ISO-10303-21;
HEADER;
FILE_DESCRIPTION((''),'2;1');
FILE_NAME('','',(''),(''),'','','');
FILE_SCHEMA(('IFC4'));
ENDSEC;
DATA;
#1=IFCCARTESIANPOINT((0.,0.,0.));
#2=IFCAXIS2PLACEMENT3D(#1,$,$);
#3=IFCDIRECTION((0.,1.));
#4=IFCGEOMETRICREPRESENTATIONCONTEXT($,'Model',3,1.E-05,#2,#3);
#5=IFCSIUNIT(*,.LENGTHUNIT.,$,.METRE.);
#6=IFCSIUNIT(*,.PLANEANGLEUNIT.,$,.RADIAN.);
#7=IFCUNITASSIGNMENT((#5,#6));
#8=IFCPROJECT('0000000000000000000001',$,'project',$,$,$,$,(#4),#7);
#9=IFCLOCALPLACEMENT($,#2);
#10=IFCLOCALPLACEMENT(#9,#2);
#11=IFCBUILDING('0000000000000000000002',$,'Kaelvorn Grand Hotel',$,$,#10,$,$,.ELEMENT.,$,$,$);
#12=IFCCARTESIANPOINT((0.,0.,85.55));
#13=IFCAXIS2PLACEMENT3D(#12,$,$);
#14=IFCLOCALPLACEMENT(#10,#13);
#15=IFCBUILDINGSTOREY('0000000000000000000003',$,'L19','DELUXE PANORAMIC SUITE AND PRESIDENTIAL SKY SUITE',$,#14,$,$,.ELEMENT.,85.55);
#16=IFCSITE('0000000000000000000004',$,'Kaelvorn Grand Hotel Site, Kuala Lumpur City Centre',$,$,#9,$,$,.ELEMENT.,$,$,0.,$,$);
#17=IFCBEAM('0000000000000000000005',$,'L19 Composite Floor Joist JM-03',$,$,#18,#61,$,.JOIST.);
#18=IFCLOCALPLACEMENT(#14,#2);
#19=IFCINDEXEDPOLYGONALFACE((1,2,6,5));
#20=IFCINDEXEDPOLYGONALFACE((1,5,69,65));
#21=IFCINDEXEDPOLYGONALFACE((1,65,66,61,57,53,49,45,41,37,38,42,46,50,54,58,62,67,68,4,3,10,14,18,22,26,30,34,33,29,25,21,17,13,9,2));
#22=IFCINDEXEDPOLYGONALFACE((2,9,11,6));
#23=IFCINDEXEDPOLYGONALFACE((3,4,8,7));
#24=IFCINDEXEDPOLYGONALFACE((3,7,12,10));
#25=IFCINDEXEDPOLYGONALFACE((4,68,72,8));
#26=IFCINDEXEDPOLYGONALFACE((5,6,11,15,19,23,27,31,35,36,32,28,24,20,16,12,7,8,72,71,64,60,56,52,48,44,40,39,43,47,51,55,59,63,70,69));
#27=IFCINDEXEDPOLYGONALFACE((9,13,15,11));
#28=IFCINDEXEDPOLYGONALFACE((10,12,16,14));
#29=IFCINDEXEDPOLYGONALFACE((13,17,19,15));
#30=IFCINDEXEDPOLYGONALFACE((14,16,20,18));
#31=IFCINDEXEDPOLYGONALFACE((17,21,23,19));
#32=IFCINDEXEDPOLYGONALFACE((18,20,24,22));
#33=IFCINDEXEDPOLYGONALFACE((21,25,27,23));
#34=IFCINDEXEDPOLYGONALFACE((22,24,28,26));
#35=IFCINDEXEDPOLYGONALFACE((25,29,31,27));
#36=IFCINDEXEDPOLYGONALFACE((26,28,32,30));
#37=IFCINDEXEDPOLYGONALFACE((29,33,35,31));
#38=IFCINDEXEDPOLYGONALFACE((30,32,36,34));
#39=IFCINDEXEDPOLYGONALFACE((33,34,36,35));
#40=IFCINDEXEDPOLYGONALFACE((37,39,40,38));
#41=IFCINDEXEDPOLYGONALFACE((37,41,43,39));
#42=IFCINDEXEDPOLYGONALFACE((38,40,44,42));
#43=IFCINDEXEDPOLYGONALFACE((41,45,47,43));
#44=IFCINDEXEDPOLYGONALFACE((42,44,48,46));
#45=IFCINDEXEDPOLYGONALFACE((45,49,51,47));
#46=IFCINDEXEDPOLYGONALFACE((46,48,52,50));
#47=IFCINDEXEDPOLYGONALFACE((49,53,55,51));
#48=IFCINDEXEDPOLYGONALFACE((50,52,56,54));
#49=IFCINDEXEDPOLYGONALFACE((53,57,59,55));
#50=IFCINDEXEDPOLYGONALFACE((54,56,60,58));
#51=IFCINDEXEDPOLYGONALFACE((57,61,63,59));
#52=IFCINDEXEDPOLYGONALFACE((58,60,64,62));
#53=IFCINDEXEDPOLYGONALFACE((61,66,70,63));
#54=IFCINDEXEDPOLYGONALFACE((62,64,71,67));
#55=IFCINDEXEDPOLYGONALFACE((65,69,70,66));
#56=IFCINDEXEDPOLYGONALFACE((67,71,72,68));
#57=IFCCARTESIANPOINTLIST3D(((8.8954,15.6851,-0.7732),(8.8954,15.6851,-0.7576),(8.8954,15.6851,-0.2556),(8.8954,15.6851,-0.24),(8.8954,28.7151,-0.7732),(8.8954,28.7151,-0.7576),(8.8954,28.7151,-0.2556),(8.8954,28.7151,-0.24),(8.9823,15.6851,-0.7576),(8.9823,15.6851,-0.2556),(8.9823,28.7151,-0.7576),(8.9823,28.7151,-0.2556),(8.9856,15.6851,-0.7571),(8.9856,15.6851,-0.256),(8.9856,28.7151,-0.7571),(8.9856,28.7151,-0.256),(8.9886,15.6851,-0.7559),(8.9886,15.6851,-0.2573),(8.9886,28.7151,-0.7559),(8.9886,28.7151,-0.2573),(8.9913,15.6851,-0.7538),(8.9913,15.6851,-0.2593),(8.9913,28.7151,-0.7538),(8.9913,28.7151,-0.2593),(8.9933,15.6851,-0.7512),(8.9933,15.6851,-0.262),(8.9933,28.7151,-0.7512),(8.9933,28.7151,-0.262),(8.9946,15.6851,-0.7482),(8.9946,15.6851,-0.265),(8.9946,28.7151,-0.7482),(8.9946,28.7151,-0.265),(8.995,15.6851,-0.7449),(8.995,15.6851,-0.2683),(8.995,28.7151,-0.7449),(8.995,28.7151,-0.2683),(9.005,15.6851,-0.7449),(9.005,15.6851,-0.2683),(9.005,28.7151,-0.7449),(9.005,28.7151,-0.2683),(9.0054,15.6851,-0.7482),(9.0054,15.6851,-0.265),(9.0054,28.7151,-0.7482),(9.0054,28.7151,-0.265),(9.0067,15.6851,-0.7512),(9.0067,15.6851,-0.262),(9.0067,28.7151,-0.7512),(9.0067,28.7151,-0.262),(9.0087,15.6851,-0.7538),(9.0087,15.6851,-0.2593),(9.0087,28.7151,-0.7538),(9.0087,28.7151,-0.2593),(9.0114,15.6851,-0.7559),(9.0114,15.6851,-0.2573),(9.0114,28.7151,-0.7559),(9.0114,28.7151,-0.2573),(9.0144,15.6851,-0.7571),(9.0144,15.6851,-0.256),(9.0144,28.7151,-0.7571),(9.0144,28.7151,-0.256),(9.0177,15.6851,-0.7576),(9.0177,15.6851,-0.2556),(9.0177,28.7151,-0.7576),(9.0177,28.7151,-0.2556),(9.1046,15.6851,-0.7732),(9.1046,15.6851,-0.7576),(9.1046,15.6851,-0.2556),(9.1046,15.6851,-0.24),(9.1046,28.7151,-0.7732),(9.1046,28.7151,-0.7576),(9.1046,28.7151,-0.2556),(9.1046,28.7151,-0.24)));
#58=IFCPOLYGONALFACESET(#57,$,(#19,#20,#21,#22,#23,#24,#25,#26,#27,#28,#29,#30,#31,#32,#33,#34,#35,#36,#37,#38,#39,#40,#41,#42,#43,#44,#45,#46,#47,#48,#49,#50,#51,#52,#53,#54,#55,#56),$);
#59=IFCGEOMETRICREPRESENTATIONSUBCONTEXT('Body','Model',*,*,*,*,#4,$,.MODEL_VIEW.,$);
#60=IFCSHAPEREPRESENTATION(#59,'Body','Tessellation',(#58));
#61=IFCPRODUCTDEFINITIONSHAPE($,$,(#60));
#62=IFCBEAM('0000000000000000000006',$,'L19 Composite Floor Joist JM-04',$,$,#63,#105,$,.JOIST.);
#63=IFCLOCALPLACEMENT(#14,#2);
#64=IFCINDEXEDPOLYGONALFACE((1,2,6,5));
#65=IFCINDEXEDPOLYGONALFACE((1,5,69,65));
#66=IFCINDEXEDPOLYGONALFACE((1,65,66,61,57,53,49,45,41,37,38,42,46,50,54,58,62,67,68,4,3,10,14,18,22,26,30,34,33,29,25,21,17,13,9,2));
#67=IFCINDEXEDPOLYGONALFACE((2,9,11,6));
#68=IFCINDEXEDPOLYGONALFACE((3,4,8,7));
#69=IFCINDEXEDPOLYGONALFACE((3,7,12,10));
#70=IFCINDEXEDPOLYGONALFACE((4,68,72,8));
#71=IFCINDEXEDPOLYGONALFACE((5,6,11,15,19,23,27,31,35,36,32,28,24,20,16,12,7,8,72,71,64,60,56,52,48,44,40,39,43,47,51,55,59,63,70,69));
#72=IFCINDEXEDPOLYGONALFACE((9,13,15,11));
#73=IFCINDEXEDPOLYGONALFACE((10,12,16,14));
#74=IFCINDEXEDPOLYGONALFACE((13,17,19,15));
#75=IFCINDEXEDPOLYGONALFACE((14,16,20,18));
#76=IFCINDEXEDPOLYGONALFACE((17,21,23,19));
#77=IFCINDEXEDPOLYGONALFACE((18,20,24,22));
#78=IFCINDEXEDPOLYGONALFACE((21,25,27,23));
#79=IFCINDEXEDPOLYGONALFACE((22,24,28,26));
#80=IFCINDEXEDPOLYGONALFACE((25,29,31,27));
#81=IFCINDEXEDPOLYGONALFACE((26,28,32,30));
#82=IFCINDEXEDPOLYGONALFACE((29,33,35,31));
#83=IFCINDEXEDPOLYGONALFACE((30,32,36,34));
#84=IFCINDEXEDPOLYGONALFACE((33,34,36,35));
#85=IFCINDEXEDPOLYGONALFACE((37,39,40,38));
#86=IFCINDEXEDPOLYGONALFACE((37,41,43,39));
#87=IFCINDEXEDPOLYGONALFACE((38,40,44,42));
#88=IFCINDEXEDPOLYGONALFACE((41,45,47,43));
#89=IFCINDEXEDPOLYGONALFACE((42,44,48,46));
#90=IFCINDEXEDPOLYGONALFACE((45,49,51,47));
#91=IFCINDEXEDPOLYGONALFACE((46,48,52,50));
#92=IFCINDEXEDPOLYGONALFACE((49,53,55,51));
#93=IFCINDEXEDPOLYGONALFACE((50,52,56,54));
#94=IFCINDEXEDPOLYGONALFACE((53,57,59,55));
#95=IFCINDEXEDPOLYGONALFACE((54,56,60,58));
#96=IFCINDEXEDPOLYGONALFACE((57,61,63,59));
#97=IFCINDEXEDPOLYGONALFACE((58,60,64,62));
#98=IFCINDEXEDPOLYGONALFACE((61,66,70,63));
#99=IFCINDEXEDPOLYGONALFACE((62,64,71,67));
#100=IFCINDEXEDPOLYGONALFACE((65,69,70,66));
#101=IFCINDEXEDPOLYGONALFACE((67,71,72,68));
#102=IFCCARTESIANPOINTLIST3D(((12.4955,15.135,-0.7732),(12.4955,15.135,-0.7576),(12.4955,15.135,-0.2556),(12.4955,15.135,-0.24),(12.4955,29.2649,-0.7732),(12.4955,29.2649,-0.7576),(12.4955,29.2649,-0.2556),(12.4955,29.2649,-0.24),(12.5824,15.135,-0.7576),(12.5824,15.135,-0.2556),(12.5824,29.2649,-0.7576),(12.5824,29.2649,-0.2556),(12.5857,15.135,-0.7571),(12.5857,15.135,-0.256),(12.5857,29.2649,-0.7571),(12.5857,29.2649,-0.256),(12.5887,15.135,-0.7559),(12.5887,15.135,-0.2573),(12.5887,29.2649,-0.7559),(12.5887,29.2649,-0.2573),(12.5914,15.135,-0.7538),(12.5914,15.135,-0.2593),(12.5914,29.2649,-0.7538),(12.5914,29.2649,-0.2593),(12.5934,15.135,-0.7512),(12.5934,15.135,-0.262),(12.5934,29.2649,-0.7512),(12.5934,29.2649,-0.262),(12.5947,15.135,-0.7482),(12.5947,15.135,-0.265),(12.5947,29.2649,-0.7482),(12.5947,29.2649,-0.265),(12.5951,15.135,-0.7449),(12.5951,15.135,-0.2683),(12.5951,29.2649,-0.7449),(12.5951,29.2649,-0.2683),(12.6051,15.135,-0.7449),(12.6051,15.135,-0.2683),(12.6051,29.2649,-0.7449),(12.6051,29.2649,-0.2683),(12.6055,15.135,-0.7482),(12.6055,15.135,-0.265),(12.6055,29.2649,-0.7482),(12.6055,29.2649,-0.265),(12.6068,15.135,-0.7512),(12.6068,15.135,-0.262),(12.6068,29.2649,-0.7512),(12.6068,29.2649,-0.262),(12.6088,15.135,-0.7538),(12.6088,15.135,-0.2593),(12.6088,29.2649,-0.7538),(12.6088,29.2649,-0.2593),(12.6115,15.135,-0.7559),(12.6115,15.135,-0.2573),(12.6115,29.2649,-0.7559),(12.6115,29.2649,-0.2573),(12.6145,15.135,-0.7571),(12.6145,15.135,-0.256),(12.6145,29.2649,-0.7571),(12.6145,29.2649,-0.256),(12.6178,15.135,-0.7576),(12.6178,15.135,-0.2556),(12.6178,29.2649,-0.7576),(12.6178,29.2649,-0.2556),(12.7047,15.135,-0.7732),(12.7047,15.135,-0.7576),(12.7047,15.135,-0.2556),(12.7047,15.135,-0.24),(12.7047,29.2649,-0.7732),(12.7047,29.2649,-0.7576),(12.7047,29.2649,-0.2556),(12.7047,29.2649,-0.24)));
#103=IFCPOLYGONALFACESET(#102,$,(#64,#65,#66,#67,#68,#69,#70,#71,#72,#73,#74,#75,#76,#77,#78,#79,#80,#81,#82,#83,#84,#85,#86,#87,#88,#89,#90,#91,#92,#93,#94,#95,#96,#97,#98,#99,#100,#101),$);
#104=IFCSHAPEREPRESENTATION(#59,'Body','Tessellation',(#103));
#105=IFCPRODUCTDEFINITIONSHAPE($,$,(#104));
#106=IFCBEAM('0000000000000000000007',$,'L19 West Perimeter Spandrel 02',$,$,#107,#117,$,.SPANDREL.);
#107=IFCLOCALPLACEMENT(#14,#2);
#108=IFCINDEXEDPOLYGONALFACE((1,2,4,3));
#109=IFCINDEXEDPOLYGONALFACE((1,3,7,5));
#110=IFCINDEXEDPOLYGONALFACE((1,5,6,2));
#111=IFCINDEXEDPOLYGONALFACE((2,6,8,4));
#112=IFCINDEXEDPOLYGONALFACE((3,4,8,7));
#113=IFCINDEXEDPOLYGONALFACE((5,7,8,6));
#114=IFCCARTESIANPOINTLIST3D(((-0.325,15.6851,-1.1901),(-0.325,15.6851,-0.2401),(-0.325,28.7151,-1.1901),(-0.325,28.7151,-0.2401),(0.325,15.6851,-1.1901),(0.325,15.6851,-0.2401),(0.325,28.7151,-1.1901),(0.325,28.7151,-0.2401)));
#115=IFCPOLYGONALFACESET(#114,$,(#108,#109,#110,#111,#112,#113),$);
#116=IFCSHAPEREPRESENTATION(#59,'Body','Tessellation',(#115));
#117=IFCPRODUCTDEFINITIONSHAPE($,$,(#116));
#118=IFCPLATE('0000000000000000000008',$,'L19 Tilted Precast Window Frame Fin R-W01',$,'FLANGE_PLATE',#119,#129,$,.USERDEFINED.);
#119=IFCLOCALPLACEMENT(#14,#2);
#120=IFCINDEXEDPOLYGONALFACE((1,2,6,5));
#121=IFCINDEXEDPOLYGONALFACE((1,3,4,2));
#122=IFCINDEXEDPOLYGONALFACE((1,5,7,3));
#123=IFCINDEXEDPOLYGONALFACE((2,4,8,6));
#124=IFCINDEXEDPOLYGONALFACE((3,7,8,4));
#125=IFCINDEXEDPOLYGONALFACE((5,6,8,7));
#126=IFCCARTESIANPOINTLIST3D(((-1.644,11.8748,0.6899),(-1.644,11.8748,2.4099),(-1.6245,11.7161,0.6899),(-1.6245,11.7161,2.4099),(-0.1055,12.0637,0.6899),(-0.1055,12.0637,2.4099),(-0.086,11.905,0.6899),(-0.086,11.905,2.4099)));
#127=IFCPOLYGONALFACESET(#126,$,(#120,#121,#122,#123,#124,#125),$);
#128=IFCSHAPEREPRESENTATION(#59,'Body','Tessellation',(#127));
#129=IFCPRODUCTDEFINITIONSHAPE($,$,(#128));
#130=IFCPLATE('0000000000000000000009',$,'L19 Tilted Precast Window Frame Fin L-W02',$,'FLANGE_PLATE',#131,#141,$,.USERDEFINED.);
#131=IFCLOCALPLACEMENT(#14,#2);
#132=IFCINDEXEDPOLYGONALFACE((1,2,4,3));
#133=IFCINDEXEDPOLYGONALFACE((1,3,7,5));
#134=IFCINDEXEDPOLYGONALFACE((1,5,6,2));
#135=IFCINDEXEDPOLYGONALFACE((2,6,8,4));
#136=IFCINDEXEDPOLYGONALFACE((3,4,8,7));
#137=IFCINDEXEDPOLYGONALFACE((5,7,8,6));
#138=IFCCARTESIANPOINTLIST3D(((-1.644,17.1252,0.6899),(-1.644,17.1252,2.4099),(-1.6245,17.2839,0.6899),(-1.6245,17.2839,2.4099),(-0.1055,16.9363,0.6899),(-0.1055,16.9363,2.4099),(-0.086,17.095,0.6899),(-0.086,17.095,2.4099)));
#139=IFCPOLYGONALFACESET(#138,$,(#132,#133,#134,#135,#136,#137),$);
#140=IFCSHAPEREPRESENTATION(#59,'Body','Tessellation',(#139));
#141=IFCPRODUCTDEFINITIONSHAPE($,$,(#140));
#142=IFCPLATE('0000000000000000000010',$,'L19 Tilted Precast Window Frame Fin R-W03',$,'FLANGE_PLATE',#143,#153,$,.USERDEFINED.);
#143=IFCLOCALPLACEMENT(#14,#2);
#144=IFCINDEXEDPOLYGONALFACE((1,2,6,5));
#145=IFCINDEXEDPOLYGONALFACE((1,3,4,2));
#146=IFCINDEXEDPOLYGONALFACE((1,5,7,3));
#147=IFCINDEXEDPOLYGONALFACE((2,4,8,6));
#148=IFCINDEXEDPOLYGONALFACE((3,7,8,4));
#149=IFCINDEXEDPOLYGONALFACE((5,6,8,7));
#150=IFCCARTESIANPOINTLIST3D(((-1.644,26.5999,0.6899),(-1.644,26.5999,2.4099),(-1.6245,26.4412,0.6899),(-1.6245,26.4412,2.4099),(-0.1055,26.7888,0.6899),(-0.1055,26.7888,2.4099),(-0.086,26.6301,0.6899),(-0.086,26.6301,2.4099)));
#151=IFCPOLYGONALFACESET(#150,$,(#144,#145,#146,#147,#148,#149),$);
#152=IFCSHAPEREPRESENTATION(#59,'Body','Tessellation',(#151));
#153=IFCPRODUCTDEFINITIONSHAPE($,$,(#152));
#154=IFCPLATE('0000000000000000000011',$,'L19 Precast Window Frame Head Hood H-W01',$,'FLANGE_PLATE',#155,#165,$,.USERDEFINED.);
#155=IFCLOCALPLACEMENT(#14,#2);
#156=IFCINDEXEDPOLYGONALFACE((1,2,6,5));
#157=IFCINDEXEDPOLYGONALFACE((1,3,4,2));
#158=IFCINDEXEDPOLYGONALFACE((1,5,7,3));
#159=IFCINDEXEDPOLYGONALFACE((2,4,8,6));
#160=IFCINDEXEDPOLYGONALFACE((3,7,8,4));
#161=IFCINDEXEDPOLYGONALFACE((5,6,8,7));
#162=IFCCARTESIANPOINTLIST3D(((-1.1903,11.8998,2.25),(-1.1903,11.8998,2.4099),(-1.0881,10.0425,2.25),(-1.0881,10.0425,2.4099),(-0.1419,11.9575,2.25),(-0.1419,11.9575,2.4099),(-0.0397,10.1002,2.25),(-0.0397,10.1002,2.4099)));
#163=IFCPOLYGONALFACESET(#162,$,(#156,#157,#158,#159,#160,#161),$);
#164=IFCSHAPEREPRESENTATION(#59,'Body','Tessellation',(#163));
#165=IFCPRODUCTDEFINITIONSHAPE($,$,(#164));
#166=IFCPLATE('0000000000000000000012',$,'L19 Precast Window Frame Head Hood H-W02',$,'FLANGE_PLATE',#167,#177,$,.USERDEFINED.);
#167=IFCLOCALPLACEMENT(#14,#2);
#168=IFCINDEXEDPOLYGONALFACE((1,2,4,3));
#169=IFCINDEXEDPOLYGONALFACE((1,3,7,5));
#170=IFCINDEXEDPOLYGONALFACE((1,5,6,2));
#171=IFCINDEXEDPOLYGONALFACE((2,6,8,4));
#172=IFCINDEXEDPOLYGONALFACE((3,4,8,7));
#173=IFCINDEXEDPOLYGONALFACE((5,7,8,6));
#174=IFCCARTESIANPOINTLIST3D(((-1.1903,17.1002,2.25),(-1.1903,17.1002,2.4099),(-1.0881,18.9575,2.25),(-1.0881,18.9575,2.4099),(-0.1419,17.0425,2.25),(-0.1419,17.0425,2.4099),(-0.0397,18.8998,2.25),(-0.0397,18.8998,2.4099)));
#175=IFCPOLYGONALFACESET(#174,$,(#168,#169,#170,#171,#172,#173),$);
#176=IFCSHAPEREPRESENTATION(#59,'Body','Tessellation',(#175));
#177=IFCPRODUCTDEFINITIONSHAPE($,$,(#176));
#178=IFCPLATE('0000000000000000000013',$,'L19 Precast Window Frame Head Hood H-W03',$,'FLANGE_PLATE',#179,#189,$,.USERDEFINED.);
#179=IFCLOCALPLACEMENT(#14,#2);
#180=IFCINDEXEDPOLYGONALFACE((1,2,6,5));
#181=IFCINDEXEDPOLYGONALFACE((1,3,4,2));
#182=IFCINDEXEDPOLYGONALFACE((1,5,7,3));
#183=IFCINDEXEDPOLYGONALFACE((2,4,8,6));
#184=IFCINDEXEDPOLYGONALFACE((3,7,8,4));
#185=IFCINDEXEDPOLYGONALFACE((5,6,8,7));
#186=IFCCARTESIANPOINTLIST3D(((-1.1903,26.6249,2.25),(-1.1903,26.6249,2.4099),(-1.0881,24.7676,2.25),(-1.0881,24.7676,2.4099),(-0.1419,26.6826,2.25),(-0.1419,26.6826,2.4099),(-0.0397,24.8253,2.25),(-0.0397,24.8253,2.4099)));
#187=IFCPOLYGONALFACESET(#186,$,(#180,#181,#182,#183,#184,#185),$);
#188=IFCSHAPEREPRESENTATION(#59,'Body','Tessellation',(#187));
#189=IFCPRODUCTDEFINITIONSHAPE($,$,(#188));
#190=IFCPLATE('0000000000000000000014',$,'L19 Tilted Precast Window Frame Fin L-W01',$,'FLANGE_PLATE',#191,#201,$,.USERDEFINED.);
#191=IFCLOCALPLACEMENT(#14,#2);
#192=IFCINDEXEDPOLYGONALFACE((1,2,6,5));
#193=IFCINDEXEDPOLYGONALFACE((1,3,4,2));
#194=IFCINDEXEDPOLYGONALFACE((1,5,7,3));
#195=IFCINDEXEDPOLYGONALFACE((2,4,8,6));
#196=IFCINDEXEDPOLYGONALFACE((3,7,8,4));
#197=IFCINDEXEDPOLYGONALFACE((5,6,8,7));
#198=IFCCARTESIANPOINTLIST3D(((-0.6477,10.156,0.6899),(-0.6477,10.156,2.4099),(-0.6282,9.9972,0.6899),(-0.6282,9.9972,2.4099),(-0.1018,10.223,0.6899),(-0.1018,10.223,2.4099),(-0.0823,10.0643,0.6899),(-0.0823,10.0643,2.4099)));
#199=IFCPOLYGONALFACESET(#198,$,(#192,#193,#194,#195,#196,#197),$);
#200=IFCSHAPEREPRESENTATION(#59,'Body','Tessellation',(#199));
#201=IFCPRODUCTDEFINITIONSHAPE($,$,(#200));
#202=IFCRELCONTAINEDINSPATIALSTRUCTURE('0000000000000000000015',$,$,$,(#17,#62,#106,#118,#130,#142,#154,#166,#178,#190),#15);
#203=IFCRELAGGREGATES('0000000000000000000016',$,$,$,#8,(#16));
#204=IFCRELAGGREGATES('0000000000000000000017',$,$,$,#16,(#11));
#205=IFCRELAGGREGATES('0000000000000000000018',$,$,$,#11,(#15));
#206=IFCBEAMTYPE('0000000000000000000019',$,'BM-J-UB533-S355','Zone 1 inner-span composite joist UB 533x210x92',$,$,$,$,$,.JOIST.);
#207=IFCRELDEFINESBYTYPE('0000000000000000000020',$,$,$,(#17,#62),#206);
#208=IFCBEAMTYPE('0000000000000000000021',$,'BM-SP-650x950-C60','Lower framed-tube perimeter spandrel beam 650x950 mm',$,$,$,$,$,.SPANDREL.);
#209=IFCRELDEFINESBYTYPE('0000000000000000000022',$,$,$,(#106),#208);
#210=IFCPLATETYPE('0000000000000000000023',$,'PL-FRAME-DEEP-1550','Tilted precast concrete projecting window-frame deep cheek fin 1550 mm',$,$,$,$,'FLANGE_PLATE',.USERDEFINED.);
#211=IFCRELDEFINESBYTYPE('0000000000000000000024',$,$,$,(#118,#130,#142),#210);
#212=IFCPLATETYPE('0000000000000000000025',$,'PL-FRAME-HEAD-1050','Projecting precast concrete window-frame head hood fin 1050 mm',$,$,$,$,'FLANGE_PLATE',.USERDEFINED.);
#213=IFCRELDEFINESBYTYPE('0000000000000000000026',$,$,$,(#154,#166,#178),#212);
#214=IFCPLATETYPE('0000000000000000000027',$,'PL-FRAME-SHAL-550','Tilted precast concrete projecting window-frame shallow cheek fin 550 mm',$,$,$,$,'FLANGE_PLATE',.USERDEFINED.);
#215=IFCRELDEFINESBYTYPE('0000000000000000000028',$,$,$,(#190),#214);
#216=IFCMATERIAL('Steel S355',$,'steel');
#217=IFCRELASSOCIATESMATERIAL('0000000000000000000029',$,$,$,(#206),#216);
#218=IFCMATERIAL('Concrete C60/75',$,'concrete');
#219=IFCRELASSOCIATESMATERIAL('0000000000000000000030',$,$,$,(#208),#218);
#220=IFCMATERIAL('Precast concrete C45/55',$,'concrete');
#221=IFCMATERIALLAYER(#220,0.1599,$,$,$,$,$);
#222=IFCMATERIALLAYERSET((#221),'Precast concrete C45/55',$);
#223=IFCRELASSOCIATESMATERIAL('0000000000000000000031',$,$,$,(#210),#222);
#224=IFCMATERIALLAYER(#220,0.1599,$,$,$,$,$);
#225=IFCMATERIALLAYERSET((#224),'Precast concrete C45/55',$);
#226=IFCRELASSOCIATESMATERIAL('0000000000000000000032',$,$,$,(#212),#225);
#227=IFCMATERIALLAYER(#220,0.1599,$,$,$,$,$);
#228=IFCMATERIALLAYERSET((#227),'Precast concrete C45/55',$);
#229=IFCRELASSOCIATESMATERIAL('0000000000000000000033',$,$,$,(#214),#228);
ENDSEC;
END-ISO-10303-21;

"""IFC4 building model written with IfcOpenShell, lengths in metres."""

from ifc_helpers import new_model, si_unit, direction, frame, origin, origin_2d, place, context, subcontext, project, spatial, rectangle, i_section, extrude, material, layer, layer_set, material_profile, profile_set, type_object, element, save


model = new_model("IFC4")

# Units and contexts
model_context = context("Model", 3, precision=1e-05, world=origin(), true_north=direction((0.0, 1.0)))
body_context = subcontext(model_context, "Body", "Model", "MODEL_VIEW")
ifc_project = project(units=[si_unit("LENGTHUNIT", "METRE"), si_unit("PLANEANGLEUNIT", "RADIAN")], contexts=[model_context])

# Site, building, storey
site_placement = place(None, origin())
site = spatial("IfcSite", under=ifc_project, at=site_placement, Name="Kaelvorn Grand Hotel Site, Kuala Lumpur City Centre", CompositionType="ELEMENT", RefElevation=0.0)
building_placement = place(site_placement, origin())
building = spatial("IfcBuilding", under=site, at=building_placement, Name="Kaelvorn Grand Hotel", CompositionType="ELEMENT")
storey_placement = place(building_placement, frame((0.0, 0.0, 85.55)))
storey = spatial("IfcBuildingStorey", under=building, at=storey_placement, Name="L19", Description="DELUXE PANORAMIC SUITE AND PRESIDENTIAL SKY SUITE", CompositionType="ELEMENT", Elevation=85.55)

# Shared definitions
ifc_material_1 = material(Name="Concrete C60/75", Category="concrete")

# Beams
ifc_material_2 = material(Name="Steel S355", Category="steel")
ifc_material_profile_1 = material_profile(ifc_material_2, i_section(OverallWidth=0.2092, OverallDepth=0.5332, WebThickness=0.01, FlangeThickness=0.0156, FilletRadius=0.0127, at=origin_2d()), Name="UB 533x210x92")
ifc_profile_set_1 = profile_set([ifc_material_profile_1], Name="Steel S355")
beam_type_1 = type_object("IfcBeamType", Name="BM-J-UB533-S355", Description="Zone 1 inner-span composite joist UB 533x210x92", PredefinedType="JOIST", material=ifc_profile_set_1)
beam_1_placement = place(storey_placement, frame((9.0, 15.6851, -0.5066), z_axis=(0.0, 1.0, 0.0), x_axis=(-1.0, 0.0, 0.0)))
element("IfcBeam", 1, at=beam_1_placement, inside=storey, type_object=beam_type_1, Name="L19 Composite Floor Joist JM-03", PredefinedType="JOIST", context=body_context, shape_type="SweptSolid", body=[
    extrude(i_section(OverallWidth=0.2092, OverallDepth=0.5332, WebThickness=0.01, FlangeThickness=0.0156, FilletRadius=0.0127, at=origin_2d()), origin(), (0.0, 0.0, 1.0), 13.03),
])
beam_2_placement = place(storey_placement, frame((12.6001, 15.135, -0.5066), z_axis=(0.0, 1.0, 0.0), x_axis=(-1.0, 0.0, 0.0)))
element("IfcBeam", 2, at=beam_2_placement, inside=storey, type_object=beam_type_1, Name="L19 Composite Floor Joist JM-04", PredefinedType="JOIST", context=body_context, shape_type="SweptSolid", body=[
    extrude(i_section(OverallWidth=0.2092, OverallDepth=0.5332, WebThickness=0.01, FlangeThickness=0.0156, FilletRadius=0.0127, at=origin_2d()), origin(), (0.0, 0.0, 1.0), 14.1299),
])
ifc_material_profile_2 = material_profile(ifc_material_1, rectangle(XDim=0.6499, YDim=0.95, at=origin_2d()), Name="RC SPANDREL 650x950")
ifc_profile_set_2 = profile_set([ifc_material_profile_2], Name="Concrete C60/75")
beam_type_2 = type_object("IfcBeamType", Name="BM-SP-650x950-C60", Description="Lower framed-tube perimeter spandrel beam 650x950 mm", PredefinedType="SPANDREL", material=ifc_profile_set_2)
beam_3_placement = place(storey_placement, frame((0.0, 15.6851, -0.7151), z_axis=(0.0, 1.0, 0.0), x_axis=(-1.0, 0.0, 0.0)))
element("IfcBeam", 3, at=beam_3_placement, inside=storey, type_object=beam_type_2, Name="L19 West Perimeter Spandrel 02", PredefinedType="SPANDREL", context=body_context, shape_type="SweptSolid", body=[
    extrude(rectangle(XDim=0.6499, YDim=0.95, at=origin_2d()), origin(), (0.0, 0.0, 1.0), 13.03),
])

# Plates
ifc_material_3 = material(Name="Precast concrete C45/55", Category="concrete")
ifc_layer_1 = layer(ifc_material_3, 0.1599)
ifc_layer_set_1 = layer_set([ifc_layer_1], Name="Precast concrete C45/55")
plate_type_1 = type_object("IfcPlateType", Name="PL-FRAME-DEEP-1550", Description="Tilted precast concrete projecting window-frame deep cheek fin 1550 mm", ElementType="FLANGE_PLATE", PredefinedType="USERDEFINED", material=ifc_layer_set_1)
for number, where, z_axis, x_axis, name in (
    (4, (-0.865, 11.8899, 0.6899), (0.0, 0.0, 1.0), (-0.121869, 0.992546, 0.0), "L19 Tilted Precast Window Frame Fin R-W01"),
    (5, (-0.865, 17.1101, 0.6899), (0.0, 0.0, 1.0), (0.121869, 0.992546, 0.0), "L19 Tilted Precast Window Frame Fin L-W02"),
    (6, (-0.865, 26.615, 0.6899), (0.0, 0.0, 1.0), (-0.121869, 0.992546, 0.0), "L19 Tilted Precast Window Frame Fin R-W03"),
):
    element("IfcPlate", number, at=place(storey_placement, frame(where, z_axis=z_axis, x_axis=x_axis)), inside=storey, type_object=plate_type_1, Name=name, ObjectType="FLANGE_PLATE", PredefinedType="USERDEFINED", context=body_context, shape_type="SweptSolid", body=[
        extrude(rectangle(XDim=0.1599, YDim=1.55, at=origin_2d()), origin(), (0.0, 0.0, 1.0), 1.72),
    ])
ifc_layer_2 = layer(ifc_material_3, 0.1599)
ifc_layer_set_2 = layer_set([ifc_layer_2], Name="Precast concrete C45/55")
plate_type_2 = type_object("IfcPlateType", Name="PL-FRAME-HEAD-1050", Description="Projecting precast concrete window-frame head hood fin 1050 mm", ElementType="FLANGE_PLATE", PredefinedType="USERDEFINED", material=ifc_layer_set_2)
for number, where, z_axis, x_axis, name in (
    (7, (-0.615, 11.0, 2.25), (0.0, 0.0, 1.0), (-0.05495, 0.998489, 0.0), "L19 Precast Window Frame Head Hood H-W01"),
    (8, (-0.615, 18.0, 2.25), (0.0, 0.0, 1.0), (0.05495, 0.998489, 0.0), "L19 Precast Window Frame Head Hood H-W02"),
    (9, (-0.615, 25.7251, 2.25), (0.0, 0.0, 1.0), (-0.05495, 0.998489, 0.0), "L19 Precast Window Frame Head Hood H-W03"),
):
    element("IfcPlate", number, at=place(storey_placement, frame(where, z_axis=z_axis, x_axis=x_axis)), inside=storey, type_object=plate_type_2, Name=name, ObjectType="FLANGE_PLATE", PredefinedType="USERDEFINED", context=body_context, shape_type="SweptSolid", body=[
        extrude(rectangle(XDim=1.8601, YDim=1.05, at=origin_2d()), origin(), (0.0, 0.0, 1.0), 0.1599),
    ])
ifc_layer_3 = layer(ifc_material_3, 0.1599)
ifc_layer_set_3 = layer_set([ifc_layer_3], Name="Precast concrete C45/55")
plate_type_3 = type_object("IfcPlateType", Name="PL-FRAME-SHAL-550", Description="Tilted precast concrete projecting window-frame shallow cheek fin 550 mm", ElementType="FLANGE_PLATE", PredefinedType="USERDEFINED", material=ifc_layer_set_3)
for number, where, z_axis, x_axis, name in (
    (10, (-0.365, 10.1101, 0.6899), (0.0, 0.0, 1.0), (-0.121869, 0.992546, 0.0), "L19 Tilted Precast Window Frame Fin L-W01"),
):
    element("IfcPlate", number, at=place(storey_placement, frame(where, z_axis=z_axis, x_axis=x_axis)), inside=storey, type_object=plate_type_3, Name=name, ObjectType="FLANGE_PLATE", PredefinedType="USERDEFINED", context=body_context, shape_type="SweptSolid", body=[
        extrude(rectangle(XDim=0.1599, YDim=0.55, at=origin_2d()), origin(), (0.0, 0.0, 1.0), 1.72),
    ])

save(model, "model.ifc")
